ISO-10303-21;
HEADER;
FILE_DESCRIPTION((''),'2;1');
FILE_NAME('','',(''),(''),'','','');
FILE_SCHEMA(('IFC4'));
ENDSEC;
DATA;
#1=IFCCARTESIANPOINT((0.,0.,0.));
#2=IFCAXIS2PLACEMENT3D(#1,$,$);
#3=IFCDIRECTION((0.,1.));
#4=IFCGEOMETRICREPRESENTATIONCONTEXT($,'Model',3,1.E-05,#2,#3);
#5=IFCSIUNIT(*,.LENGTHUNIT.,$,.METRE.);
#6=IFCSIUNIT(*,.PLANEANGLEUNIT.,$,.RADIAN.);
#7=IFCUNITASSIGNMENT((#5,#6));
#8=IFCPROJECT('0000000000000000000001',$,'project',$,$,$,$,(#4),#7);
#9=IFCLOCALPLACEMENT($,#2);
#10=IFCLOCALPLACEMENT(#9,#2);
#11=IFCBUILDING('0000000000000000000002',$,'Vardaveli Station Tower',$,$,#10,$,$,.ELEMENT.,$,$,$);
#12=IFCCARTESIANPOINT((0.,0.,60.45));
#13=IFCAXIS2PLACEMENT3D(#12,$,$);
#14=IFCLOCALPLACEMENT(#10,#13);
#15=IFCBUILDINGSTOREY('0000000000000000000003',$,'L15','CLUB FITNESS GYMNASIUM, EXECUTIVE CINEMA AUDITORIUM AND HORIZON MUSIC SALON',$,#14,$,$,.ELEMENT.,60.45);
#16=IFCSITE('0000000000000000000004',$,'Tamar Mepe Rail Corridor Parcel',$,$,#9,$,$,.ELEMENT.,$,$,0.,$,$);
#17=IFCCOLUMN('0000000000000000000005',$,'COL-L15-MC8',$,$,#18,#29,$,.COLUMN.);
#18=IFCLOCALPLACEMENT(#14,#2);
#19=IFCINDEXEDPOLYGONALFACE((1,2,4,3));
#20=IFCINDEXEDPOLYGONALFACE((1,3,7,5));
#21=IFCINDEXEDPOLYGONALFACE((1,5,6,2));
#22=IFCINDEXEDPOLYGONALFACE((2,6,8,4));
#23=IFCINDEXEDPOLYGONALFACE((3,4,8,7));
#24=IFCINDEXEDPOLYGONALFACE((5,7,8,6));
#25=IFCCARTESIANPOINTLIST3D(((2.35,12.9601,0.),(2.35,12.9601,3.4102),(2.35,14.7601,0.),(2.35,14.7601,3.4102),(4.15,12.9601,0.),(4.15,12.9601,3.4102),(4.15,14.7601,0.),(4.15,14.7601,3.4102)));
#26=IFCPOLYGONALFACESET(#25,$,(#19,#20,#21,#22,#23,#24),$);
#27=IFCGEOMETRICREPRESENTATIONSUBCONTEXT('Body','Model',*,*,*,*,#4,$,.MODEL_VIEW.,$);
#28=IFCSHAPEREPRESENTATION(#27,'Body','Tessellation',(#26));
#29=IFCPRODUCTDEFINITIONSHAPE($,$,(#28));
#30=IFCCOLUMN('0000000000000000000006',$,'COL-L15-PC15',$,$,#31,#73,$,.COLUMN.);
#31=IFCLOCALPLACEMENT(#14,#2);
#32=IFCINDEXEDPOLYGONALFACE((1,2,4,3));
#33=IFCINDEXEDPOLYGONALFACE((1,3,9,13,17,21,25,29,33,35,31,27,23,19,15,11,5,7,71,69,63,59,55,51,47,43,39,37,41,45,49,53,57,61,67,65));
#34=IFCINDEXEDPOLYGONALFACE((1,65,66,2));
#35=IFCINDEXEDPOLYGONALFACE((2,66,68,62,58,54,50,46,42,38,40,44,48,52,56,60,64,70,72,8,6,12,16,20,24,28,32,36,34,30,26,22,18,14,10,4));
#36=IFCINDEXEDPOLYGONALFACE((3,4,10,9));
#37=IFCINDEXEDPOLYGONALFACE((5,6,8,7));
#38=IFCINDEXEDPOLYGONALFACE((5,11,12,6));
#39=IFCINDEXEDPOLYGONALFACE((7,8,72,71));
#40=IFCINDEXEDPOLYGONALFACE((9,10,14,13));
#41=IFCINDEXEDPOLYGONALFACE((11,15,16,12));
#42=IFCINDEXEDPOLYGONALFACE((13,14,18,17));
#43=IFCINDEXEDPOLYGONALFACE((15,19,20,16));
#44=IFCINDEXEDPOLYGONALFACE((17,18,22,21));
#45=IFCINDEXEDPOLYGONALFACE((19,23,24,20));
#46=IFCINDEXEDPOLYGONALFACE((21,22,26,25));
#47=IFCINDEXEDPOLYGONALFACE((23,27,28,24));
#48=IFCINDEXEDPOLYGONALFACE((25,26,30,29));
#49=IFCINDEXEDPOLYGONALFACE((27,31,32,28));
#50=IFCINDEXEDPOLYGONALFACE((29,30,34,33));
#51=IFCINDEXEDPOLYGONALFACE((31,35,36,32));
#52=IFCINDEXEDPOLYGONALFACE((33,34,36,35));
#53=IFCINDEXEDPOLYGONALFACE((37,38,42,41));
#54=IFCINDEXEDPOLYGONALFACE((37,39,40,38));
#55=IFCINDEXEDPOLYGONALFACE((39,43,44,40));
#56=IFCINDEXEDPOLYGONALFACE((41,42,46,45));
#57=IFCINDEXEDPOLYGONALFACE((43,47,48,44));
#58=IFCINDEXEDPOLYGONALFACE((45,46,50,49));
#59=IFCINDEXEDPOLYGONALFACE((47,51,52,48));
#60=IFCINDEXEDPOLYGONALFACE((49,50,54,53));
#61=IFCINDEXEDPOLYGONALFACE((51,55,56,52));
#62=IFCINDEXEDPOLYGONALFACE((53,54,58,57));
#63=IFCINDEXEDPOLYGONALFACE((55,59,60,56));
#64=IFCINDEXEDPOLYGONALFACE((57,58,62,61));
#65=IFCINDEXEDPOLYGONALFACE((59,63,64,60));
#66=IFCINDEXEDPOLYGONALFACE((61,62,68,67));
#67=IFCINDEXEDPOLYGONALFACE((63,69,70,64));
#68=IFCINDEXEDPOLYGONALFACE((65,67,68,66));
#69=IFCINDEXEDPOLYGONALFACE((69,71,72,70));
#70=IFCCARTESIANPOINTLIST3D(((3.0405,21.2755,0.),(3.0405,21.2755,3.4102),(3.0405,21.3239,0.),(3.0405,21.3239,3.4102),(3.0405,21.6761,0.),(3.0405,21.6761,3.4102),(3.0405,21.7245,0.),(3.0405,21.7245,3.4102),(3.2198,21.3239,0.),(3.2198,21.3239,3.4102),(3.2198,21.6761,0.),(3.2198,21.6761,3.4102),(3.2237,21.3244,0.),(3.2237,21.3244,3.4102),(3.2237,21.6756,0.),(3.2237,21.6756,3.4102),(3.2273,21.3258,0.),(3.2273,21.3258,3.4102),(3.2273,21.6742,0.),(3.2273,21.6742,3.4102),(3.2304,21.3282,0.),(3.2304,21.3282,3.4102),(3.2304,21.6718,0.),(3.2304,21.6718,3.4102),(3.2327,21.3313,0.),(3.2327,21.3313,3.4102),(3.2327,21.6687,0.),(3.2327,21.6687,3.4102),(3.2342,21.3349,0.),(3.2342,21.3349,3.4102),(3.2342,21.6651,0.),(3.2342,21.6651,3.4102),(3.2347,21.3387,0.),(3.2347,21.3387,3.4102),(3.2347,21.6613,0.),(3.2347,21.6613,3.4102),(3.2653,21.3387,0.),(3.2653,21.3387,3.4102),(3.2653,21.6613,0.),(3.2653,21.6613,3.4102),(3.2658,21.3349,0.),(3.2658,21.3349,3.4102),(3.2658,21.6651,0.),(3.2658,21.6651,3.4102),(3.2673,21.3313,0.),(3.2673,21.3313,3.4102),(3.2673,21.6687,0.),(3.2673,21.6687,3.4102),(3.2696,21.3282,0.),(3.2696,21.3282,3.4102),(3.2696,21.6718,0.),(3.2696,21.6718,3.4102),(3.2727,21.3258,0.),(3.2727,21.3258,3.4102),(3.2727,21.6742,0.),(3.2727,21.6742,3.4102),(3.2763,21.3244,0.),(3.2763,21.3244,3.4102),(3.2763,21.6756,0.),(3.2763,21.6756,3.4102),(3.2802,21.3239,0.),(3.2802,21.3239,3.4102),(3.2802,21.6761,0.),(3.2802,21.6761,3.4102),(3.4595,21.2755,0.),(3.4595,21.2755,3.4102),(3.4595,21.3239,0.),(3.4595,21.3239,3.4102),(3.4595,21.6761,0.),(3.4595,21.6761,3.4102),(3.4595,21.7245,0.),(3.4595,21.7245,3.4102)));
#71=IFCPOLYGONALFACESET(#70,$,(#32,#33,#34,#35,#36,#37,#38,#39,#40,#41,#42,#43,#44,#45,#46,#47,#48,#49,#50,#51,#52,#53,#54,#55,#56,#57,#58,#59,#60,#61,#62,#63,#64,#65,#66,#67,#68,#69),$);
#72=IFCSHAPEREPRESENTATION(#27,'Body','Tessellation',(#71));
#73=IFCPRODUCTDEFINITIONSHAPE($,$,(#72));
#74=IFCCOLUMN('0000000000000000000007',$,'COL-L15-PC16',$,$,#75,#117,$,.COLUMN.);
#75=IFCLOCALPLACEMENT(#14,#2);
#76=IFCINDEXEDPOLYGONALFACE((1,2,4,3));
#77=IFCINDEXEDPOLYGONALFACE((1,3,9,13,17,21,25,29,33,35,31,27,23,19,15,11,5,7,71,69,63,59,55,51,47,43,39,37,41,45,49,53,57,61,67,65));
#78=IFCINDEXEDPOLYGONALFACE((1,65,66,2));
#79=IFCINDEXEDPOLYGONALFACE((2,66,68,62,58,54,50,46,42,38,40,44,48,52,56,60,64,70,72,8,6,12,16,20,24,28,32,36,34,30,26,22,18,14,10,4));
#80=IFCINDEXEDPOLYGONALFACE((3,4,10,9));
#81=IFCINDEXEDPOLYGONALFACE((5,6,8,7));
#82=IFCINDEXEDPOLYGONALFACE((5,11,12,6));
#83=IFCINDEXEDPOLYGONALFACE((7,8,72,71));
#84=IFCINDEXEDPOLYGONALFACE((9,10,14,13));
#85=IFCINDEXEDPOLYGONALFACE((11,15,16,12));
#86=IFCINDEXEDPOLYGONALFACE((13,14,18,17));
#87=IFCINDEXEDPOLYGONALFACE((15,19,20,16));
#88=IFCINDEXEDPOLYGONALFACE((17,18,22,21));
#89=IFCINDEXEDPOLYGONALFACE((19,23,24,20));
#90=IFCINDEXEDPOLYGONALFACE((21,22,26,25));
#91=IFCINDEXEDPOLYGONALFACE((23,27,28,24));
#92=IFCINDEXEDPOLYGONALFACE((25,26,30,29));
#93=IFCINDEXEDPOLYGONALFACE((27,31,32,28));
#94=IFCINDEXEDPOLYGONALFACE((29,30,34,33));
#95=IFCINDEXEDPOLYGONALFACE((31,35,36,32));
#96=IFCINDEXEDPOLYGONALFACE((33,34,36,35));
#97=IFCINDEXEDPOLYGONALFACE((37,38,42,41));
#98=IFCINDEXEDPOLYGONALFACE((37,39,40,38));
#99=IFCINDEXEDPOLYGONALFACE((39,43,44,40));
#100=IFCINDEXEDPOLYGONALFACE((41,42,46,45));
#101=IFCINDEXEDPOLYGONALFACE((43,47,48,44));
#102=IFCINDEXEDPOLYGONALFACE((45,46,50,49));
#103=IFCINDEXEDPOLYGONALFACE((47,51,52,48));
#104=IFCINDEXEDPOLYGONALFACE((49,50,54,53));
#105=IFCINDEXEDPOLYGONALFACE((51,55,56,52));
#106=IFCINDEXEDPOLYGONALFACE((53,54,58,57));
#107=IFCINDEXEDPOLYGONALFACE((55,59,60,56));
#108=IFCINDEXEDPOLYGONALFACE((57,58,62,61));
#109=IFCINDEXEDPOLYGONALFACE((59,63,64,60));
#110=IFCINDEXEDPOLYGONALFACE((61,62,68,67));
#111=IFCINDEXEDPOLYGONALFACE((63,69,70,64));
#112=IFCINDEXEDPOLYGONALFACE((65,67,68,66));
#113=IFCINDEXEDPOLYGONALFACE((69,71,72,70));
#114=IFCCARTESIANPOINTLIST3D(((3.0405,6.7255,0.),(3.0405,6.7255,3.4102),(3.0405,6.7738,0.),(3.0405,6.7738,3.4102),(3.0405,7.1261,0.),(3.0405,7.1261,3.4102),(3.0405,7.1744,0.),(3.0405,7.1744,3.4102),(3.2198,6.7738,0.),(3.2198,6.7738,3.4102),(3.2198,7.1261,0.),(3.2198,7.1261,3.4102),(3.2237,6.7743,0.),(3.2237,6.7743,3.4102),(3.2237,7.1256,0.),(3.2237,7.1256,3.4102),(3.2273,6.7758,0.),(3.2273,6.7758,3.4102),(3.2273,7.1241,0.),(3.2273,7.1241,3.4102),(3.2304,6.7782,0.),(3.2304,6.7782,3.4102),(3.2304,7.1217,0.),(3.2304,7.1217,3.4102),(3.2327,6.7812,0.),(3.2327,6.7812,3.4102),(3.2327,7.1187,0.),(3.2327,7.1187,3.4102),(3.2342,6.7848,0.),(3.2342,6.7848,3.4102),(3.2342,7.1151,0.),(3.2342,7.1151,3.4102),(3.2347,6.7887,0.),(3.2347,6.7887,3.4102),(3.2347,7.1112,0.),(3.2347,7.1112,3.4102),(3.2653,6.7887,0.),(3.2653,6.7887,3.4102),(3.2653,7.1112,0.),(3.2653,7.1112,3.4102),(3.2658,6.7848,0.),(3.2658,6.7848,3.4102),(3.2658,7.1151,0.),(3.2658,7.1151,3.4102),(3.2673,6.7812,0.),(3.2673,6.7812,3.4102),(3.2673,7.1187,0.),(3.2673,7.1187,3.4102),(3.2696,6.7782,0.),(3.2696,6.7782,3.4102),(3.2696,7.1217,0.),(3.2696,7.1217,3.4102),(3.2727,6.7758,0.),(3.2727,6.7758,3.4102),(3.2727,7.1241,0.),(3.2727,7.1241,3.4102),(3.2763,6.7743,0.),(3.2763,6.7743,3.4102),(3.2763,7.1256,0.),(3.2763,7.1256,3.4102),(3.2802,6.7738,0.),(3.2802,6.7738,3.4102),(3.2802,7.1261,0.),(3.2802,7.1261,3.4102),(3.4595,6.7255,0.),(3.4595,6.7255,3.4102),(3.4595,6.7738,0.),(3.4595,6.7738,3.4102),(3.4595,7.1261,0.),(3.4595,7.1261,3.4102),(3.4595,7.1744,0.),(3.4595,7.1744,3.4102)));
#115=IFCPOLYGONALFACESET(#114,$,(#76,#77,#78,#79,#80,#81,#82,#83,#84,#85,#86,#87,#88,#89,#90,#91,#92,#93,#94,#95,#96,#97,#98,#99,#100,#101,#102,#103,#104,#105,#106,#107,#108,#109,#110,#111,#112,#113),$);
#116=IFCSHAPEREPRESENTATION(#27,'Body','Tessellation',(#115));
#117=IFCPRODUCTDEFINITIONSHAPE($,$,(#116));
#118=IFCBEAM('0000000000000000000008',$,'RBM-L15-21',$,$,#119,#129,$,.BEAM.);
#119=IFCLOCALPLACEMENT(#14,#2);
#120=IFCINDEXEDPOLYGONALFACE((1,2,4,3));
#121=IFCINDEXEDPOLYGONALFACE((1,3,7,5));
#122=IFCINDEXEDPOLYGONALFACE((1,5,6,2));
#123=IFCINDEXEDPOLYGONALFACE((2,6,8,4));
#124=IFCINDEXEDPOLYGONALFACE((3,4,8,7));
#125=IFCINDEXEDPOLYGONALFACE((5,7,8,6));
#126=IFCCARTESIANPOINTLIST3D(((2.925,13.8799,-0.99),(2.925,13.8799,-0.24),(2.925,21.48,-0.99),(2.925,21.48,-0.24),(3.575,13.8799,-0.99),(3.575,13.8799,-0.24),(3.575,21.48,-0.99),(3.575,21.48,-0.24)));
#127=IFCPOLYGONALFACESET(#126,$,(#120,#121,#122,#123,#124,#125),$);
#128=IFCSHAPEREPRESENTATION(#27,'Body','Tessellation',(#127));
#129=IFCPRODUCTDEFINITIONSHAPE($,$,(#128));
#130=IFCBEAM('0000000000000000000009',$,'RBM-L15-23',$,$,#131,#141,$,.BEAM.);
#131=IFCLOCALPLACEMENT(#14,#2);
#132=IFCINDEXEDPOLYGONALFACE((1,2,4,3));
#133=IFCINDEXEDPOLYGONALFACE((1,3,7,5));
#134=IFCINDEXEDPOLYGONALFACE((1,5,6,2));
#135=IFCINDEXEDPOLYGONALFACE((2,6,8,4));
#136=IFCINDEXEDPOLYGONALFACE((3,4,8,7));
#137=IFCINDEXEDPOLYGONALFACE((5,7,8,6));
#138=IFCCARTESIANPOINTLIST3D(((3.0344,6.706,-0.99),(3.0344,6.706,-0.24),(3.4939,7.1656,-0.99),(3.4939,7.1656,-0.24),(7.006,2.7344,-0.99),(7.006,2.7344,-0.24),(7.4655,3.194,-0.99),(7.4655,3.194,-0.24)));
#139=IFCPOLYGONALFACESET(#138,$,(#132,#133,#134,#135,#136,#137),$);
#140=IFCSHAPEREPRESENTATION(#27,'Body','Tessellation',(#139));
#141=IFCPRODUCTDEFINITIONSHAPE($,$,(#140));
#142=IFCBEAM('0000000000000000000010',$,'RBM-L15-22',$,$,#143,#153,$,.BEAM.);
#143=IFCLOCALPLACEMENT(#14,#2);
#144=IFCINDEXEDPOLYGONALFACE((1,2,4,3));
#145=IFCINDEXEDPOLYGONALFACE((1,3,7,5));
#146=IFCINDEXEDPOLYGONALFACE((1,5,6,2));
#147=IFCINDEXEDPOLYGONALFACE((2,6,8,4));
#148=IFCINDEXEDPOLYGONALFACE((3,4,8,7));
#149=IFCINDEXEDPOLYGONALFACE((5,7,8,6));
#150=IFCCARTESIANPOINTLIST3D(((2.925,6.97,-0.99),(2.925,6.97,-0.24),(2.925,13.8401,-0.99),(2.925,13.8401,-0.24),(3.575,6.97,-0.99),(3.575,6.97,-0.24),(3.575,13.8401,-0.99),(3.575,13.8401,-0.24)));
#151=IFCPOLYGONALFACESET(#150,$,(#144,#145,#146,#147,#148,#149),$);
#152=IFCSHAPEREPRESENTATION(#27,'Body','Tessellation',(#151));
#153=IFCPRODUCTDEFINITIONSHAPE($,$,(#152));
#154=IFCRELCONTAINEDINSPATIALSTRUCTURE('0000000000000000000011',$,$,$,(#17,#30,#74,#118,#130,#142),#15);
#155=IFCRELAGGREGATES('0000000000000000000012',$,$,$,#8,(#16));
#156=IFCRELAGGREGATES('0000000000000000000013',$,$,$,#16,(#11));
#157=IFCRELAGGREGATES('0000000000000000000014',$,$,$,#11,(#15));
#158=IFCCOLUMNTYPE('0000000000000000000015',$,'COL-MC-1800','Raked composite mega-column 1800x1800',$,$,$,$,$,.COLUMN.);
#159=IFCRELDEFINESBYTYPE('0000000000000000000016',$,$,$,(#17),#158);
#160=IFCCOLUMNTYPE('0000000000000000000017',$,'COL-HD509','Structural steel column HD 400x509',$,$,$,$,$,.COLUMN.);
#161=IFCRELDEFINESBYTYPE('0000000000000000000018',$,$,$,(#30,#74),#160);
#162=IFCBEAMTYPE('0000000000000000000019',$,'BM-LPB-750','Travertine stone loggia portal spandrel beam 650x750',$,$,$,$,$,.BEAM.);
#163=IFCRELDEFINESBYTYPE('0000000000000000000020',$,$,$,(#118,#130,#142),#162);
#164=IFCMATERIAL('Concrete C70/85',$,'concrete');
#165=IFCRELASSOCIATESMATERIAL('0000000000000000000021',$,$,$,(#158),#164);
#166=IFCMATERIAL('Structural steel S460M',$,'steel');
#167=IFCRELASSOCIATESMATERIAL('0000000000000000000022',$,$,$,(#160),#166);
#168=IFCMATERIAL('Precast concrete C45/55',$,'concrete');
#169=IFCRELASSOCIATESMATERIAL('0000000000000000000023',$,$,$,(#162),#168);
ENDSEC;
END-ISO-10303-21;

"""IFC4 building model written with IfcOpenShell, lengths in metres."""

from ifc_helpers import new_model, si_unit, direction, frame, origin, origin_2d, place, context, subcontext, project, spatial, rectangle, i_section, extrude, source, transform, mapped, material, material_profile, profile_set, type_object, element, save


model = new_model("IFC4")

# Units and contexts
model_context = context("Model", 3, precision=1e-05, world=origin(), true_north=direction((0.0, 1.0)))
body_context = subcontext(model_context, "Body", "Model", "MODEL_VIEW")
ifc_project = project(units=[si_unit("LENGTHUNIT", "METRE"), si_unit("PLANEANGLEUNIT", "RADIAN")], contexts=[model_context])

# Site, building, storey
site_placement = place(None, origin())
site = spatial("IfcSite", under=ifc_project, at=site_placement, Name="Tamar Mepe Rail Corridor Parcel", CompositionType="ELEMENT", RefElevation=0.0)
building_placement = place(site_placement, origin())
building = spatial("IfcBuilding", under=site, at=building_placement, Name="Vardaveli Station Tower", CompositionType="ELEMENT")
storey_placement = place(building_placement, frame((0.0, 0.0, 60.45)))
storey = spatial("IfcBuildingStorey", under=building, at=storey_placement, Name="L15", Description="CLUB FITNESS GYMNASIUM, EXECUTIVE CINEMA AUDITORIUM AND HORIZON MUSIC SALON", CompositionType="ELEMENT", Elevation=60.45)

# Columns
ifc_material_1 = material(Name="Concrete C70/85", Category="concrete")
ifc_material_profile_1 = material_profile(ifc_material_1, rectangle(XDim=1.8, YDim=1.8, at=origin_2d()), Name="MC 1800x1800")
ifc_profile_set_1 = profile_set([ifc_material_profile_1], Name="Concrete C70/85")
column_type_1 = type_object("IfcColumnType", Name="COL-MC-1800", Description="Raked composite mega-column 1800x1800", PredefinedType="COLUMN", material=ifc_profile_set_1)
shared_shape_1 = source(origin(), body_context, "Body", "SweptSolid", [
    extrude(rectangle(XDim=1.8, YDim=1.8, at=origin_2d()), origin(), (0.0, 0.0, 1.0), 3.4102),
])
column_placement = place(storey_placement, frame((3.25, 13.8601, 0.0), z_axis=(0.0, 0.0, 1.0), x_axis=(1.0, 0.0, 0.0)))
element("IfcColumn", 1, at=column_placement, inside=storey, type_object=column_type_1, Name="COL-L15-MC8", PredefinedType="COLUMN", context=body_context, shape_type="MappedRepresentation", body=[
    mapped(shared_shape_1, transform((0.0, 0.0, 0.0), scale=1.0)),
])
ifc_material_2 = material(Name="Structural steel S460M", Category="steel")
ifc_material_profile_2 = material_profile(ifc_material_2, i_section(OverallWidth=0.4189, OverallDepth=0.449, WebThickness=0.0305, FlangeThickness=0.0483, FilletRadius=0.0149, at=origin_2d()), Name="HD 400x509")
ifc_profile_set_2 = profile_set([ifc_material_profile_2], Name="Structural steel S460M")
column_type_2 = type_object("IfcColumnType", Name="COL-HD509", Description="Structural steel column HD 400x509", PredefinedType="COLUMN", material=ifc_profile_set_2)
shared_shape_2 = source(origin(), body_context, "Body", "SweptSolid", [
    extrude(i_section(OverallWidth=0.4189, OverallDepth=0.449, WebThickness=0.0305, FlangeThickness=0.0483, FilletRadius=0.0149, at=origin_2d()), origin(), (0.0, 0.0, 1.0), 3.4102),
])
for number, where, z_axis, x_axis, name in (
    (2, (3.25, 21.5, 0.0), (0.0, 0.0, 1.0), (1.0, 0.0, 0.0), "COL-L15-PC15"),
    (3, (3.25, 6.95, 0.0), (0.0, 0.0, 1.0), (1.0, 0.0, 0.0), "COL-L15-PC16"),
):
    element("IfcColumn", number, at=place(storey_placement, frame(where, z_axis=z_axis, x_axis=x_axis)), inside=storey, type_object=column_type_2, Name=name, PredefinedType="COLUMN", context=body_context, shape_type="MappedRepresentation", body=[
        mapped(shared_shape_2, transform((0.0, 0.0, 0.0), scale=1.0)),
    ])

# Beams
ifc_material_3 = material(Name="Precast concrete C45/55", Category="concrete")
ifc_material_profile_3 = material_profile(ifc_material_3, rectangle(XDim=0.6499, YDim=0.75, at=origin_2d()), Name="LPB 650x750")
ifc_profile_set_3 = profile_set([ifc_material_profile_3], Name="Precast concrete C45/55")
beam_type_1 = type_object("IfcBeamType", Name="BM-LPB-750", Description="Travertine stone loggia portal spandrel beam 650x750", PredefinedType="BEAM", material=ifc_profile_set_3)
shared_shape_3 = source(origin(), body_context, "Body", "SweptSolid", [
    extrude(rectangle(XDim=0.6499, YDim=0.75, at=origin_2d()), origin(), (0.0, 0.0, 1.0), 7.6001),
])
beam_1_placement = place(storey_placement, frame((3.25, 21.48, -0.615), z_axis=(0.0, -1.0, 0.0), x_axis=(1.0, 0.0, 0.0)))
element("IfcBeam", 4, at=beam_1_placement, inside=storey, type_object=beam_type_1, Name="RBM-L15-21", PredefinedType="BEAM", context=body_context, shape_type="MappedRepresentation", body=[
    mapped(shared_shape_3, transform((0.0, 0.0, 0.0), scale=1.0)),
])
shared_shape_4 = source(origin(), body_context, "Body", "SweptSolid", [
    extrude(rectangle(XDim=0.6499, YDim=0.75, at=origin_2d()), origin(), (0.0, 0.0, 1.0), 5.6167),
])
beam_2_placement = place(storey_placement, frame((3.2642, 6.9358, -0.615), z_axis=(0.707107, -0.707107, 0.0), x_axis=(0.707107, 0.707107, 0.0)))
element("IfcBeam", 5, at=beam_2_placement, inside=storey, type_object=beam_type_1, Name="RBM-L15-23", PredefinedType="BEAM", context=body_context, shape_type="MappedRepresentation", body=[
    mapped(shared_shape_4, transform((0.0, 0.0, 0.0), scale=1.0)),
])
shared_shape_5 = source(origin(), body_context, "Body", "SweptSolid", [
    extrude(rectangle(XDim=0.6499, YDim=0.75, at=origin_2d()), origin(), (0.0, 0.0, 1.0), 6.8701),
])
beam_3_placement = place(storey_placement, frame((3.25, 13.8401, -0.615), z_axis=(0.0, -1.0, 0.0), x_axis=(1.0, 0.0, 0.0)))
element("IfcBeam", 6, at=beam_3_placement, inside=storey, type_object=beam_type_1, Name="RBM-L15-22", PredefinedType="BEAM", context=body_context, shape_type="MappedRepresentation", body=[
    mapped(shared_shape_5, transform((0.0, 0.0, 0.0), scale=1.0)),
])

save(model, "model.ifc")
